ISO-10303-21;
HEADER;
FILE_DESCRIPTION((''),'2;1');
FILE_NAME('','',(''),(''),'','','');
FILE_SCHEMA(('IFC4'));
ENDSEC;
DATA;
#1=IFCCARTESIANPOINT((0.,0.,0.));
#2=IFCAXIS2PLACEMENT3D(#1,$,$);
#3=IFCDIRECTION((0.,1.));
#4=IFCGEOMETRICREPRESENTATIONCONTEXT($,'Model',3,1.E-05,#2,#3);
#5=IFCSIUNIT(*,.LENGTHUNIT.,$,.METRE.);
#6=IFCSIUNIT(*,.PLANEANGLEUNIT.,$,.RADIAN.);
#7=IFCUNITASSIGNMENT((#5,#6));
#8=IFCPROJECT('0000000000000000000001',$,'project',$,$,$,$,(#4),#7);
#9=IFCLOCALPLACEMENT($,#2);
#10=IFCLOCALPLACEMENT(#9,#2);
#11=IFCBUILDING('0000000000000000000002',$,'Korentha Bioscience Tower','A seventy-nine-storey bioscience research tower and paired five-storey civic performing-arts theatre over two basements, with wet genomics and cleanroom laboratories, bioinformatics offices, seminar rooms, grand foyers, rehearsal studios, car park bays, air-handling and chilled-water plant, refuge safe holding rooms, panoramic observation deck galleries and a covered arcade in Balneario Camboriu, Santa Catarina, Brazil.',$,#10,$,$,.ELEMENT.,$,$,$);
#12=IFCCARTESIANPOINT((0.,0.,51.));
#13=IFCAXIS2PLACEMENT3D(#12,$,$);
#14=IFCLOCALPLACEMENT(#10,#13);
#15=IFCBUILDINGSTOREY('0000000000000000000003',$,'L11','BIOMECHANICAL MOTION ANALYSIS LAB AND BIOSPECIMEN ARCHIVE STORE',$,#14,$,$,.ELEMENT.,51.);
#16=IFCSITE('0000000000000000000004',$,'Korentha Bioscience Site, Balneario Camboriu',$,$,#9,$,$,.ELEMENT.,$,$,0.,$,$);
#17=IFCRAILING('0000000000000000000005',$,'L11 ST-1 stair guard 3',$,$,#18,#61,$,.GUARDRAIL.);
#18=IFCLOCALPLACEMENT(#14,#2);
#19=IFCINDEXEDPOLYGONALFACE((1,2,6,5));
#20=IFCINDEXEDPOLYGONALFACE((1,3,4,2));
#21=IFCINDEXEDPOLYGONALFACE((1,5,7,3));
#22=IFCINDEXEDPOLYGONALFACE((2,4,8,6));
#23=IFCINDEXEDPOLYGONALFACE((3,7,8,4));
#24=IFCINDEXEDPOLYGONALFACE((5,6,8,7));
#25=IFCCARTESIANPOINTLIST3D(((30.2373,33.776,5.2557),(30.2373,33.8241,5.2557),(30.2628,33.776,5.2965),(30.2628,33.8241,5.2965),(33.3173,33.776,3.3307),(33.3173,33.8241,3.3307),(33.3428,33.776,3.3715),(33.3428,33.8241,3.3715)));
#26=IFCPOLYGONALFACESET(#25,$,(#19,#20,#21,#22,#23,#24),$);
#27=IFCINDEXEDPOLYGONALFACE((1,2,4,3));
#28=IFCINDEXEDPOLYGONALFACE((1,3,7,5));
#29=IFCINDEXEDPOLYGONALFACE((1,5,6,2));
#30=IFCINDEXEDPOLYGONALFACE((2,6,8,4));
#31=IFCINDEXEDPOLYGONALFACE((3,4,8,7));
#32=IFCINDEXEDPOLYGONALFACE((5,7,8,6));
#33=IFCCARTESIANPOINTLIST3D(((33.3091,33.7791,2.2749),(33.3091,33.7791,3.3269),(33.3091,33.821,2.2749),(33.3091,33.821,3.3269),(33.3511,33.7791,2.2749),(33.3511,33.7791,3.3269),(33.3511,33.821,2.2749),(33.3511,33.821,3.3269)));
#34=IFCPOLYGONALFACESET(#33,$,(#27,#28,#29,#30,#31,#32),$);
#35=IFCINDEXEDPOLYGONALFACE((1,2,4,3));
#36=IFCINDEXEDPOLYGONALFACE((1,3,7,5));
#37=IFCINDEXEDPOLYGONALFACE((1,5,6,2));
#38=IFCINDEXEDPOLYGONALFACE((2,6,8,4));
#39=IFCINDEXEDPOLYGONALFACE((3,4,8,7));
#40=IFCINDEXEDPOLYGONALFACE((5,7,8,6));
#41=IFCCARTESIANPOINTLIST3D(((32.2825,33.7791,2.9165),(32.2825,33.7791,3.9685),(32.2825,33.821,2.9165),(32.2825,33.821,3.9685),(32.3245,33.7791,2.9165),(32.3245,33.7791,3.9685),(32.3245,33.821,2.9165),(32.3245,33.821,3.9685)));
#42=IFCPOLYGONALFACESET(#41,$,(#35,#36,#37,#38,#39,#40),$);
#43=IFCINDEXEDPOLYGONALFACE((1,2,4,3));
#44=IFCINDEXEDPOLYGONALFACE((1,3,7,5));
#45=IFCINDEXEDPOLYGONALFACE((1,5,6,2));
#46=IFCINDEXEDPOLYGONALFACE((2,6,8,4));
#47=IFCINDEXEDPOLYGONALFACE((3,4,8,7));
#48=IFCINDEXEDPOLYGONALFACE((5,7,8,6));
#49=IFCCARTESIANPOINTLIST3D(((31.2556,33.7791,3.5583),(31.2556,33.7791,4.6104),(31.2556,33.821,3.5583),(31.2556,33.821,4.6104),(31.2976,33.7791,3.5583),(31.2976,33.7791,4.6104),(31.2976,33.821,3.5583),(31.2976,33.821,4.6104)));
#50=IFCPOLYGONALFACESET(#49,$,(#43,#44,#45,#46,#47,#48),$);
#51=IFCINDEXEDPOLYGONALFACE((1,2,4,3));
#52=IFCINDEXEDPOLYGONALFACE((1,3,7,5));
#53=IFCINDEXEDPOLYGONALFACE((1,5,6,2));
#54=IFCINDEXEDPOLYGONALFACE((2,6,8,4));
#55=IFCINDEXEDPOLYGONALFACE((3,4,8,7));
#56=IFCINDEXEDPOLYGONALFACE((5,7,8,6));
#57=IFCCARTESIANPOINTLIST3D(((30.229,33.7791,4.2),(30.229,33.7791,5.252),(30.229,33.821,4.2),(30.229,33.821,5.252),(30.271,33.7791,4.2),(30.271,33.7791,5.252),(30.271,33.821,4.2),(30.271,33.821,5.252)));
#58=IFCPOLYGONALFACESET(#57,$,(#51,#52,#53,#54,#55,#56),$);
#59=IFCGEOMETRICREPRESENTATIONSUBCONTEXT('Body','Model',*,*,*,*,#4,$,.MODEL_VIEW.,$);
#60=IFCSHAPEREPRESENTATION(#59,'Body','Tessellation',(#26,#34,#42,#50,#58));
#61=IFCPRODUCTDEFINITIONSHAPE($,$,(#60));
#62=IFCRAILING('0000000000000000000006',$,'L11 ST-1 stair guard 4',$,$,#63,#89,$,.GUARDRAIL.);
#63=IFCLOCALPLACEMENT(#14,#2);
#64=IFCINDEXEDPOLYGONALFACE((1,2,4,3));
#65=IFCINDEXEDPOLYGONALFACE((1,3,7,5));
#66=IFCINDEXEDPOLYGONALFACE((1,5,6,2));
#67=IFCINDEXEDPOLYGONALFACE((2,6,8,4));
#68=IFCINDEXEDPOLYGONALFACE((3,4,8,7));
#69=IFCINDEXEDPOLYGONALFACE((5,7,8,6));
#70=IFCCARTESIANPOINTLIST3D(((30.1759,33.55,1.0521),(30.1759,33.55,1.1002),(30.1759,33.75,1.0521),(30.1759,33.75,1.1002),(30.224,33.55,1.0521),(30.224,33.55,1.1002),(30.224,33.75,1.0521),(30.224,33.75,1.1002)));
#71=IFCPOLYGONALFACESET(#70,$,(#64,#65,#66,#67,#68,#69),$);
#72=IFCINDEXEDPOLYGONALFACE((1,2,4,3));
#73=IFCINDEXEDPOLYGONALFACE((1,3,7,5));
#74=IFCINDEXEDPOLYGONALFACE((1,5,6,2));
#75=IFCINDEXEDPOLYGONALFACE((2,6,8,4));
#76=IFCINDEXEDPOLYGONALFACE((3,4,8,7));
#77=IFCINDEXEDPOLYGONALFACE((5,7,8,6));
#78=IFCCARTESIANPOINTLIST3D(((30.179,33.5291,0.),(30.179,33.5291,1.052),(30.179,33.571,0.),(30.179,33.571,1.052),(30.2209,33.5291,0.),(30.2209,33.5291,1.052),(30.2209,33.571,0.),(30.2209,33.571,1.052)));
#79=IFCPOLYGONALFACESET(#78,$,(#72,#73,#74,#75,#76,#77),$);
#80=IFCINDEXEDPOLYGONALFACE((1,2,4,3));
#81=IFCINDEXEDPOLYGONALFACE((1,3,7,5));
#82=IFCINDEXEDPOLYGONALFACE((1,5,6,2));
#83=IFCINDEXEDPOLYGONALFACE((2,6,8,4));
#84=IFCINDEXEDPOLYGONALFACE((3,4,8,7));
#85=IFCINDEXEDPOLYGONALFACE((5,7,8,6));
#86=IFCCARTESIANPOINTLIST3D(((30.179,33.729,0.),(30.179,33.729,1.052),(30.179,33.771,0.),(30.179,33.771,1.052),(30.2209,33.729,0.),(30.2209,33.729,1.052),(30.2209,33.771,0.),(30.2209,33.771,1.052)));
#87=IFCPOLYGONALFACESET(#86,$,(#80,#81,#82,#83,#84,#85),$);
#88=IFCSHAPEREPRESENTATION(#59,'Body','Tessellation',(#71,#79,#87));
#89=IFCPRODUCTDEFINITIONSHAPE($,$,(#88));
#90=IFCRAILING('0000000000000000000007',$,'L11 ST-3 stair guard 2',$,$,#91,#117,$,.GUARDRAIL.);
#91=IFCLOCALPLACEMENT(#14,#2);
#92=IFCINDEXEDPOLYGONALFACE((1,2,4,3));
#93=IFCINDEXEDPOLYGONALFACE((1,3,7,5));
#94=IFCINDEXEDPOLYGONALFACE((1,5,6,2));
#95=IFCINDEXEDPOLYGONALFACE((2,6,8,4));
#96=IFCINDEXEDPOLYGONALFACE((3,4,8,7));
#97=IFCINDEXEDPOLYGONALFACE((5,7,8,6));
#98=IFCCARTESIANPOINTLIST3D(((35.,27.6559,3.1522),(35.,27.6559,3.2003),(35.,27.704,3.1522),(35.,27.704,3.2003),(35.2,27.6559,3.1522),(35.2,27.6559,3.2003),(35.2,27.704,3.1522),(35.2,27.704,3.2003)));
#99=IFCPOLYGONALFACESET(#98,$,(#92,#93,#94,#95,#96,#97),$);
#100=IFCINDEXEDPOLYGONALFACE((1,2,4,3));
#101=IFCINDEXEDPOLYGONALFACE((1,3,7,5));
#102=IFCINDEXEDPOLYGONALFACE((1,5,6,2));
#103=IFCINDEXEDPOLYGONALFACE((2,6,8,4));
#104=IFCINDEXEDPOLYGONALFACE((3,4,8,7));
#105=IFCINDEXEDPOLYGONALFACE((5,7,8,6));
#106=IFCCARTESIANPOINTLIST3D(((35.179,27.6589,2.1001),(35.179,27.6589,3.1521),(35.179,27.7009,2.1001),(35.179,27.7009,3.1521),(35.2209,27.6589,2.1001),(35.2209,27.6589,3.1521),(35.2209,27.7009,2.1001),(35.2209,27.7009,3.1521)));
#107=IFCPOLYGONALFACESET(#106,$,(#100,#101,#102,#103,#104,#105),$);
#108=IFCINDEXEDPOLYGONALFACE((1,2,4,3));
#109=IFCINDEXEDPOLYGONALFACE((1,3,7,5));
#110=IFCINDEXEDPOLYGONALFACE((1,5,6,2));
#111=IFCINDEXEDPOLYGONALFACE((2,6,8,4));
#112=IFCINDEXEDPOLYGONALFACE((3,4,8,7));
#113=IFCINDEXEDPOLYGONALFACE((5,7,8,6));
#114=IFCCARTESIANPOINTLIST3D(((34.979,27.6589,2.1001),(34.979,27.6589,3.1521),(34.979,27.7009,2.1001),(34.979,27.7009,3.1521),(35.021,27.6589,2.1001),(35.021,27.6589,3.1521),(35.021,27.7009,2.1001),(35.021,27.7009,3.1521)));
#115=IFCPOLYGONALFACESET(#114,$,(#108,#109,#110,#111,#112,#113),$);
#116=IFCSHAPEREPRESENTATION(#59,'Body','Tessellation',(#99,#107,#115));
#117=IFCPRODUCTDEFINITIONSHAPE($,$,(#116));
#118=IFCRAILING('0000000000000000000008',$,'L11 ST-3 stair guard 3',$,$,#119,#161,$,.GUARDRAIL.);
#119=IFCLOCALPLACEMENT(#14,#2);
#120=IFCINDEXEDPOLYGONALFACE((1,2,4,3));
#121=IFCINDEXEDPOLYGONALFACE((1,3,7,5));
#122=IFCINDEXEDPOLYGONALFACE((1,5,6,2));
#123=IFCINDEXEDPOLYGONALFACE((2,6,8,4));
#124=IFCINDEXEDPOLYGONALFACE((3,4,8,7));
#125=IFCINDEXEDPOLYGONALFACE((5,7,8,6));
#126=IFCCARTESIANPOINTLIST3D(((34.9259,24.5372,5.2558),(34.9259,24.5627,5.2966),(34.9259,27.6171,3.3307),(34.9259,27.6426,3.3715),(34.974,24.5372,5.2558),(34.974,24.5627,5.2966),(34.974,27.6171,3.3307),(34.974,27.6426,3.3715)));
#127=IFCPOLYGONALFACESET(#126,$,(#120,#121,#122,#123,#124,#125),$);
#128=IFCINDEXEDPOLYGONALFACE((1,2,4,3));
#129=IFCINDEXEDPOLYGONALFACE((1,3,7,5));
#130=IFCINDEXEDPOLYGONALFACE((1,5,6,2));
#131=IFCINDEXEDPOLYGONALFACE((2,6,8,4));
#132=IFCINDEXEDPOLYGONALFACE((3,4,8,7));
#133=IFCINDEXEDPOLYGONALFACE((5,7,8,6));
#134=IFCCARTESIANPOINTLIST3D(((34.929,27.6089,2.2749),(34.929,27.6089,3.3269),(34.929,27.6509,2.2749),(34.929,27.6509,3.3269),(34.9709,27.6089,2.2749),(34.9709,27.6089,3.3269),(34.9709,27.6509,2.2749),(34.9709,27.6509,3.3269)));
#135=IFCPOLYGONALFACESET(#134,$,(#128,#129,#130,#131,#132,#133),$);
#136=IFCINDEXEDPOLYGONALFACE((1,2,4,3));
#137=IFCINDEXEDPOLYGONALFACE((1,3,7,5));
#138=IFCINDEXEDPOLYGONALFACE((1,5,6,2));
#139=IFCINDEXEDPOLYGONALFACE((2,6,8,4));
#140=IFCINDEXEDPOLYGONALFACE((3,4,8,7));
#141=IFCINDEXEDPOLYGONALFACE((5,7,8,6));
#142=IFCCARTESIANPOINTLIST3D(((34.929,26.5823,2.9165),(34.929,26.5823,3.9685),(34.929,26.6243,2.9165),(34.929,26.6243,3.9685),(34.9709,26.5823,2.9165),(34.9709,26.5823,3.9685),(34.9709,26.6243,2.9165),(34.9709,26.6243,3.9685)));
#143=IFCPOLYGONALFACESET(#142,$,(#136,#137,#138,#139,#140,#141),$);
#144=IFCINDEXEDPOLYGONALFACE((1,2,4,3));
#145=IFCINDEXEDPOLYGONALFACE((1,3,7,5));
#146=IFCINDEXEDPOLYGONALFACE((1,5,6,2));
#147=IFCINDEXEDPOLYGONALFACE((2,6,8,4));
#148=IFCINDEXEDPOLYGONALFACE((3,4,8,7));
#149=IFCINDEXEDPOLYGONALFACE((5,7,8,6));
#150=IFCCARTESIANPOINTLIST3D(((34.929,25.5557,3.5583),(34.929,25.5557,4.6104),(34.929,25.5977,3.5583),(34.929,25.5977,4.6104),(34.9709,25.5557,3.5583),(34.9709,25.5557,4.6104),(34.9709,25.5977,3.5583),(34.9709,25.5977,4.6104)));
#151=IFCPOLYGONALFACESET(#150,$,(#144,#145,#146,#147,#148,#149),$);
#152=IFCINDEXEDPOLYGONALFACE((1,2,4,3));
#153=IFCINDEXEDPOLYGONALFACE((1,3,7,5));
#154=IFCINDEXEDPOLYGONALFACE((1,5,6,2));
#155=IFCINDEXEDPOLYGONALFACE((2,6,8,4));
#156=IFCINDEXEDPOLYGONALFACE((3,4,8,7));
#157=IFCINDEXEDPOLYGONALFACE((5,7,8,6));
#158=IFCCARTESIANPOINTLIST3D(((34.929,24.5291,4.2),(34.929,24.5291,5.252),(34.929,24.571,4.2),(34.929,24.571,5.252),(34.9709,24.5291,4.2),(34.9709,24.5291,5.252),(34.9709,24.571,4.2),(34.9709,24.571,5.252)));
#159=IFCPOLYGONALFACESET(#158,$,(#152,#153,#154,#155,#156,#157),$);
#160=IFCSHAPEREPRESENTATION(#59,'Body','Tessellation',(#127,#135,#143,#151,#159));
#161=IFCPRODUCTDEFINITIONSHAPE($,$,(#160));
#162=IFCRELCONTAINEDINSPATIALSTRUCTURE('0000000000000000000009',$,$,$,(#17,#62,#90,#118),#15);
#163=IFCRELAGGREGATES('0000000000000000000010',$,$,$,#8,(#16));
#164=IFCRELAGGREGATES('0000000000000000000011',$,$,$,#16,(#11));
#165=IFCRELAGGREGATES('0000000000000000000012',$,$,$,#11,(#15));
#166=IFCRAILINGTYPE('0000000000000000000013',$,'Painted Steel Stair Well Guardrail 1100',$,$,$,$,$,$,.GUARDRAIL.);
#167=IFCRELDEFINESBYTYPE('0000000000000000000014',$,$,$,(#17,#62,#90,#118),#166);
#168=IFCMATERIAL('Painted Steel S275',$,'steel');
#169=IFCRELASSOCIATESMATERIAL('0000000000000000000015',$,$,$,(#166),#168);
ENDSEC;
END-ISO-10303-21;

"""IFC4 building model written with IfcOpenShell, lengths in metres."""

from ifc_helpers import new_model, si_unit, direction, frame, origin, origin_2d, place, context, subcontext, project, spatial, rectangle, extrude, material, type_object, element, save


model = new_model("IFC4")

# Units and contexts
model_context = context("Model", 3, precision=1e-05, world=origin(), true_north=direction((0.0, 1.0)))
body_context = subcontext(model_context, "Body", "Model", "MODEL_VIEW")
ifc_project = project(units=[si_unit("LENGTHUNIT", "METRE"), si_unit("PLANEANGLEUNIT", "RADIAN")], contexts=[model_context])

# Site, building, storey
site_placement = place(None, origin())
site = spatial("IfcSite", under=ifc_project, at=site_placement, Name="Korentha Bioscience Site, Balneario Camboriu", CompositionType="ELEMENT", RefElevation=0.0)
building_placement = place(site_placement, origin())
building = spatial("IfcBuilding", under=site, at=building_placement, Name="Korentha Bioscience Tower", Description="A seventy-nine-storey bioscience research tower and paired five-storey civic performing-arts theatre over two basements, with wet genomics and cleanroom laboratories, bioinformatics offices, seminar rooms, grand foyers, rehearsal studios, car park bays, air-handling and chilled-water plant, refuge safe holding rooms, panoramic observation deck galleries and a covered arcade in Balneario Camboriu, Santa Catarina, Brazil.", CompositionType="ELEMENT")
storey_placement = place(building_placement, frame((0.0, 0.0, 51.0)))
storey = spatial("IfcBuildingStorey", under=building, at=storey_placement, Name="L11", Description="BIOMECHANICAL MOTION ANALYSIS LAB AND BIOSPECIMEN ARCHIVE STORE", CompositionType="ELEMENT", Elevation=51.0)

# Railings
ifc_material_1 = material(Name="Painted Steel S275", Category="steel")
railing_type_1 = type_object("IfcRailingType", Name="Painted Steel Stair Well Guardrail 1100", PredefinedType="GUARDRAIL", material=ifc_material_1)
railing_1_placement = place(storey_placement, frame((33.3301, 33.8, 2.2749)))
element("IfcRailing", 1, at=railing_1_placement, inside=storey, type_object=railing_type_1, Name="L11 ST-1 stair guard 3", PredefinedType="GUARDRAIL", context=body_context, shape_type="SweptSolid", body=[
    extrude(rectangle(XDim=0.0481, YDim=0.0481, at=origin_2d()), frame((0.0, 0.0, 1.0762), z_axis=(-0.847998, 0.0, 0.529999), x_axis=(0.0, -1.0, 0.0)), (0.0, 0.0, 1.0), 3.6321),
    extrude(rectangle(XDim=0.042, YDim=0.042, at=origin_2d()), origin(), (0.0, 0.0, 1.0), 1.052),
    extrude(rectangle(XDim=0.042, YDim=0.042, at=origin_2d()), frame((-1.0266, 0.0, 0.6416)), (0.0, 0.0, 1.0), 1.052),
    extrude(rectangle(XDim=0.042, YDim=0.042, at=origin_2d()), frame((-2.0535, 0.0, 1.2834)), (0.0, 0.0, 1.0), 1.052),
    extrude(rectangle(XDim=0.042, YDim=0.042, at=origin_2d()), frame((-3.0801, 0.0, 1.925)), (0.0, 0.0, 1.0), 1.052),
])
railing_2_placement = place(storey_placement, frame((30.2, 33.55, 0.0)))
element("IfcRailing", 2, at=railing_2_placement, inside=storey, type_object=railing_type_1, Name="L11 ST-1 stair guard 4", PredefinedType="GUARDRAIL", context=body_context, shape_type="SweptSolid", body=[
    extrude(rectangle(XDim=0.0481, YDim=0.0481, at=origin_2d()), frame((0.0, 0.0, 1.0762), z_axis=(0.0, 1.0, 0.0), x_axis=(-1.0, 0.0, 0.0)), (0.0, 0.0, 1.0), 0.2),
    extrude(rectangle(XDim=0.042, YDim=0.042, at=origin_2d()), origin(), (0.0, 0.0, 1.0), 1.052),
    extrude(rectangle(XDim=0.042, YDim=0.042, at=origin_2d()), frame((0.0, 0.2, 0.0)), (0.0, 0.0, 1.0), 1.052),
])
railing_3_placement = place(storey_placement, frame((35.2, 27.6799, 2.1001)))
element("IfcRailing", 3, at=railing_3_placement, inside=storey, type_object=railing_type_1, Name="L11 ST-3 stair guard 2", PredefinedType="GUARDRAIL", context=body_context, shape_type="SweptSolid", body=[
    extrude(rectangle(XDim=0.0481, YDim=0.0481, at=origin_2d()), frame((0.0, 0.0, 1.0762), z_axis=(-1.0, 0.0, 0.0), x_axis=(0.0, -1.0, 0.0)), (0.0, 0.0, 1.0), 0.2),
    extrude(rectangle(XDim=0.042, YDim=0.042, at=origin_2d()), origin(), (0.0, 0.0, 1.0), 1.052),
    extrude(rectangle(XDim=0.042, YDim=0.042, at=origin_2d()), frame((-0.2, 0.0, 0.0)), (0.0, 0.0, 1.0), 1.052),
])
railing_4_placement = place(storey_placement, frame((34.95, 27.6299, 2.2749)))
element("IfcRailing", 4, at=railing_4_placement, inside=storey, type_object=railing_type_1, Name="L11 ST-3 stair guard 3", PredefinedType="GUARDRAIL", context=body_context, shape_type="SweptSolid", body=[
    extrude(rectangle(XDim=0.0481, YDim=0.0481, at=origin_2d()), frame((0.0, 0.0, 1.0762), z_axis=(0.0, -0.847979, 0.530029), x_axis=(1.0, 0.0, 0.0)), (0.0, 0.0, 1.0), 3.6321),
    extrude(rectangle(XDim=0.042, YDim=0.042, at=origin_2d()), origin(), (0.0, 0.0, 1.0), 1.052),
    extrude(rectangle(XDim=0.042, YDim=0.042, at=origin_2d()), frame((0.0, -1.0266, 0.6416)), (0.0, 0.0, 1.0), 1.052),
    extrude(rectangle(XDim=0.042, YDim=0.042, at=origin_2d()), frame((0.0, -2.0532, 1.2834)), (0.0, 0.0, 1.0), 1.052),
    extrude(rectangle(XDim=0.042, YDim=0.042, at=origin_2d()), frame((0.0, -3.0798, 1.925)), (0.0, 0.0, 1.0), 1.052),
])

save(model, "model.ifc")
